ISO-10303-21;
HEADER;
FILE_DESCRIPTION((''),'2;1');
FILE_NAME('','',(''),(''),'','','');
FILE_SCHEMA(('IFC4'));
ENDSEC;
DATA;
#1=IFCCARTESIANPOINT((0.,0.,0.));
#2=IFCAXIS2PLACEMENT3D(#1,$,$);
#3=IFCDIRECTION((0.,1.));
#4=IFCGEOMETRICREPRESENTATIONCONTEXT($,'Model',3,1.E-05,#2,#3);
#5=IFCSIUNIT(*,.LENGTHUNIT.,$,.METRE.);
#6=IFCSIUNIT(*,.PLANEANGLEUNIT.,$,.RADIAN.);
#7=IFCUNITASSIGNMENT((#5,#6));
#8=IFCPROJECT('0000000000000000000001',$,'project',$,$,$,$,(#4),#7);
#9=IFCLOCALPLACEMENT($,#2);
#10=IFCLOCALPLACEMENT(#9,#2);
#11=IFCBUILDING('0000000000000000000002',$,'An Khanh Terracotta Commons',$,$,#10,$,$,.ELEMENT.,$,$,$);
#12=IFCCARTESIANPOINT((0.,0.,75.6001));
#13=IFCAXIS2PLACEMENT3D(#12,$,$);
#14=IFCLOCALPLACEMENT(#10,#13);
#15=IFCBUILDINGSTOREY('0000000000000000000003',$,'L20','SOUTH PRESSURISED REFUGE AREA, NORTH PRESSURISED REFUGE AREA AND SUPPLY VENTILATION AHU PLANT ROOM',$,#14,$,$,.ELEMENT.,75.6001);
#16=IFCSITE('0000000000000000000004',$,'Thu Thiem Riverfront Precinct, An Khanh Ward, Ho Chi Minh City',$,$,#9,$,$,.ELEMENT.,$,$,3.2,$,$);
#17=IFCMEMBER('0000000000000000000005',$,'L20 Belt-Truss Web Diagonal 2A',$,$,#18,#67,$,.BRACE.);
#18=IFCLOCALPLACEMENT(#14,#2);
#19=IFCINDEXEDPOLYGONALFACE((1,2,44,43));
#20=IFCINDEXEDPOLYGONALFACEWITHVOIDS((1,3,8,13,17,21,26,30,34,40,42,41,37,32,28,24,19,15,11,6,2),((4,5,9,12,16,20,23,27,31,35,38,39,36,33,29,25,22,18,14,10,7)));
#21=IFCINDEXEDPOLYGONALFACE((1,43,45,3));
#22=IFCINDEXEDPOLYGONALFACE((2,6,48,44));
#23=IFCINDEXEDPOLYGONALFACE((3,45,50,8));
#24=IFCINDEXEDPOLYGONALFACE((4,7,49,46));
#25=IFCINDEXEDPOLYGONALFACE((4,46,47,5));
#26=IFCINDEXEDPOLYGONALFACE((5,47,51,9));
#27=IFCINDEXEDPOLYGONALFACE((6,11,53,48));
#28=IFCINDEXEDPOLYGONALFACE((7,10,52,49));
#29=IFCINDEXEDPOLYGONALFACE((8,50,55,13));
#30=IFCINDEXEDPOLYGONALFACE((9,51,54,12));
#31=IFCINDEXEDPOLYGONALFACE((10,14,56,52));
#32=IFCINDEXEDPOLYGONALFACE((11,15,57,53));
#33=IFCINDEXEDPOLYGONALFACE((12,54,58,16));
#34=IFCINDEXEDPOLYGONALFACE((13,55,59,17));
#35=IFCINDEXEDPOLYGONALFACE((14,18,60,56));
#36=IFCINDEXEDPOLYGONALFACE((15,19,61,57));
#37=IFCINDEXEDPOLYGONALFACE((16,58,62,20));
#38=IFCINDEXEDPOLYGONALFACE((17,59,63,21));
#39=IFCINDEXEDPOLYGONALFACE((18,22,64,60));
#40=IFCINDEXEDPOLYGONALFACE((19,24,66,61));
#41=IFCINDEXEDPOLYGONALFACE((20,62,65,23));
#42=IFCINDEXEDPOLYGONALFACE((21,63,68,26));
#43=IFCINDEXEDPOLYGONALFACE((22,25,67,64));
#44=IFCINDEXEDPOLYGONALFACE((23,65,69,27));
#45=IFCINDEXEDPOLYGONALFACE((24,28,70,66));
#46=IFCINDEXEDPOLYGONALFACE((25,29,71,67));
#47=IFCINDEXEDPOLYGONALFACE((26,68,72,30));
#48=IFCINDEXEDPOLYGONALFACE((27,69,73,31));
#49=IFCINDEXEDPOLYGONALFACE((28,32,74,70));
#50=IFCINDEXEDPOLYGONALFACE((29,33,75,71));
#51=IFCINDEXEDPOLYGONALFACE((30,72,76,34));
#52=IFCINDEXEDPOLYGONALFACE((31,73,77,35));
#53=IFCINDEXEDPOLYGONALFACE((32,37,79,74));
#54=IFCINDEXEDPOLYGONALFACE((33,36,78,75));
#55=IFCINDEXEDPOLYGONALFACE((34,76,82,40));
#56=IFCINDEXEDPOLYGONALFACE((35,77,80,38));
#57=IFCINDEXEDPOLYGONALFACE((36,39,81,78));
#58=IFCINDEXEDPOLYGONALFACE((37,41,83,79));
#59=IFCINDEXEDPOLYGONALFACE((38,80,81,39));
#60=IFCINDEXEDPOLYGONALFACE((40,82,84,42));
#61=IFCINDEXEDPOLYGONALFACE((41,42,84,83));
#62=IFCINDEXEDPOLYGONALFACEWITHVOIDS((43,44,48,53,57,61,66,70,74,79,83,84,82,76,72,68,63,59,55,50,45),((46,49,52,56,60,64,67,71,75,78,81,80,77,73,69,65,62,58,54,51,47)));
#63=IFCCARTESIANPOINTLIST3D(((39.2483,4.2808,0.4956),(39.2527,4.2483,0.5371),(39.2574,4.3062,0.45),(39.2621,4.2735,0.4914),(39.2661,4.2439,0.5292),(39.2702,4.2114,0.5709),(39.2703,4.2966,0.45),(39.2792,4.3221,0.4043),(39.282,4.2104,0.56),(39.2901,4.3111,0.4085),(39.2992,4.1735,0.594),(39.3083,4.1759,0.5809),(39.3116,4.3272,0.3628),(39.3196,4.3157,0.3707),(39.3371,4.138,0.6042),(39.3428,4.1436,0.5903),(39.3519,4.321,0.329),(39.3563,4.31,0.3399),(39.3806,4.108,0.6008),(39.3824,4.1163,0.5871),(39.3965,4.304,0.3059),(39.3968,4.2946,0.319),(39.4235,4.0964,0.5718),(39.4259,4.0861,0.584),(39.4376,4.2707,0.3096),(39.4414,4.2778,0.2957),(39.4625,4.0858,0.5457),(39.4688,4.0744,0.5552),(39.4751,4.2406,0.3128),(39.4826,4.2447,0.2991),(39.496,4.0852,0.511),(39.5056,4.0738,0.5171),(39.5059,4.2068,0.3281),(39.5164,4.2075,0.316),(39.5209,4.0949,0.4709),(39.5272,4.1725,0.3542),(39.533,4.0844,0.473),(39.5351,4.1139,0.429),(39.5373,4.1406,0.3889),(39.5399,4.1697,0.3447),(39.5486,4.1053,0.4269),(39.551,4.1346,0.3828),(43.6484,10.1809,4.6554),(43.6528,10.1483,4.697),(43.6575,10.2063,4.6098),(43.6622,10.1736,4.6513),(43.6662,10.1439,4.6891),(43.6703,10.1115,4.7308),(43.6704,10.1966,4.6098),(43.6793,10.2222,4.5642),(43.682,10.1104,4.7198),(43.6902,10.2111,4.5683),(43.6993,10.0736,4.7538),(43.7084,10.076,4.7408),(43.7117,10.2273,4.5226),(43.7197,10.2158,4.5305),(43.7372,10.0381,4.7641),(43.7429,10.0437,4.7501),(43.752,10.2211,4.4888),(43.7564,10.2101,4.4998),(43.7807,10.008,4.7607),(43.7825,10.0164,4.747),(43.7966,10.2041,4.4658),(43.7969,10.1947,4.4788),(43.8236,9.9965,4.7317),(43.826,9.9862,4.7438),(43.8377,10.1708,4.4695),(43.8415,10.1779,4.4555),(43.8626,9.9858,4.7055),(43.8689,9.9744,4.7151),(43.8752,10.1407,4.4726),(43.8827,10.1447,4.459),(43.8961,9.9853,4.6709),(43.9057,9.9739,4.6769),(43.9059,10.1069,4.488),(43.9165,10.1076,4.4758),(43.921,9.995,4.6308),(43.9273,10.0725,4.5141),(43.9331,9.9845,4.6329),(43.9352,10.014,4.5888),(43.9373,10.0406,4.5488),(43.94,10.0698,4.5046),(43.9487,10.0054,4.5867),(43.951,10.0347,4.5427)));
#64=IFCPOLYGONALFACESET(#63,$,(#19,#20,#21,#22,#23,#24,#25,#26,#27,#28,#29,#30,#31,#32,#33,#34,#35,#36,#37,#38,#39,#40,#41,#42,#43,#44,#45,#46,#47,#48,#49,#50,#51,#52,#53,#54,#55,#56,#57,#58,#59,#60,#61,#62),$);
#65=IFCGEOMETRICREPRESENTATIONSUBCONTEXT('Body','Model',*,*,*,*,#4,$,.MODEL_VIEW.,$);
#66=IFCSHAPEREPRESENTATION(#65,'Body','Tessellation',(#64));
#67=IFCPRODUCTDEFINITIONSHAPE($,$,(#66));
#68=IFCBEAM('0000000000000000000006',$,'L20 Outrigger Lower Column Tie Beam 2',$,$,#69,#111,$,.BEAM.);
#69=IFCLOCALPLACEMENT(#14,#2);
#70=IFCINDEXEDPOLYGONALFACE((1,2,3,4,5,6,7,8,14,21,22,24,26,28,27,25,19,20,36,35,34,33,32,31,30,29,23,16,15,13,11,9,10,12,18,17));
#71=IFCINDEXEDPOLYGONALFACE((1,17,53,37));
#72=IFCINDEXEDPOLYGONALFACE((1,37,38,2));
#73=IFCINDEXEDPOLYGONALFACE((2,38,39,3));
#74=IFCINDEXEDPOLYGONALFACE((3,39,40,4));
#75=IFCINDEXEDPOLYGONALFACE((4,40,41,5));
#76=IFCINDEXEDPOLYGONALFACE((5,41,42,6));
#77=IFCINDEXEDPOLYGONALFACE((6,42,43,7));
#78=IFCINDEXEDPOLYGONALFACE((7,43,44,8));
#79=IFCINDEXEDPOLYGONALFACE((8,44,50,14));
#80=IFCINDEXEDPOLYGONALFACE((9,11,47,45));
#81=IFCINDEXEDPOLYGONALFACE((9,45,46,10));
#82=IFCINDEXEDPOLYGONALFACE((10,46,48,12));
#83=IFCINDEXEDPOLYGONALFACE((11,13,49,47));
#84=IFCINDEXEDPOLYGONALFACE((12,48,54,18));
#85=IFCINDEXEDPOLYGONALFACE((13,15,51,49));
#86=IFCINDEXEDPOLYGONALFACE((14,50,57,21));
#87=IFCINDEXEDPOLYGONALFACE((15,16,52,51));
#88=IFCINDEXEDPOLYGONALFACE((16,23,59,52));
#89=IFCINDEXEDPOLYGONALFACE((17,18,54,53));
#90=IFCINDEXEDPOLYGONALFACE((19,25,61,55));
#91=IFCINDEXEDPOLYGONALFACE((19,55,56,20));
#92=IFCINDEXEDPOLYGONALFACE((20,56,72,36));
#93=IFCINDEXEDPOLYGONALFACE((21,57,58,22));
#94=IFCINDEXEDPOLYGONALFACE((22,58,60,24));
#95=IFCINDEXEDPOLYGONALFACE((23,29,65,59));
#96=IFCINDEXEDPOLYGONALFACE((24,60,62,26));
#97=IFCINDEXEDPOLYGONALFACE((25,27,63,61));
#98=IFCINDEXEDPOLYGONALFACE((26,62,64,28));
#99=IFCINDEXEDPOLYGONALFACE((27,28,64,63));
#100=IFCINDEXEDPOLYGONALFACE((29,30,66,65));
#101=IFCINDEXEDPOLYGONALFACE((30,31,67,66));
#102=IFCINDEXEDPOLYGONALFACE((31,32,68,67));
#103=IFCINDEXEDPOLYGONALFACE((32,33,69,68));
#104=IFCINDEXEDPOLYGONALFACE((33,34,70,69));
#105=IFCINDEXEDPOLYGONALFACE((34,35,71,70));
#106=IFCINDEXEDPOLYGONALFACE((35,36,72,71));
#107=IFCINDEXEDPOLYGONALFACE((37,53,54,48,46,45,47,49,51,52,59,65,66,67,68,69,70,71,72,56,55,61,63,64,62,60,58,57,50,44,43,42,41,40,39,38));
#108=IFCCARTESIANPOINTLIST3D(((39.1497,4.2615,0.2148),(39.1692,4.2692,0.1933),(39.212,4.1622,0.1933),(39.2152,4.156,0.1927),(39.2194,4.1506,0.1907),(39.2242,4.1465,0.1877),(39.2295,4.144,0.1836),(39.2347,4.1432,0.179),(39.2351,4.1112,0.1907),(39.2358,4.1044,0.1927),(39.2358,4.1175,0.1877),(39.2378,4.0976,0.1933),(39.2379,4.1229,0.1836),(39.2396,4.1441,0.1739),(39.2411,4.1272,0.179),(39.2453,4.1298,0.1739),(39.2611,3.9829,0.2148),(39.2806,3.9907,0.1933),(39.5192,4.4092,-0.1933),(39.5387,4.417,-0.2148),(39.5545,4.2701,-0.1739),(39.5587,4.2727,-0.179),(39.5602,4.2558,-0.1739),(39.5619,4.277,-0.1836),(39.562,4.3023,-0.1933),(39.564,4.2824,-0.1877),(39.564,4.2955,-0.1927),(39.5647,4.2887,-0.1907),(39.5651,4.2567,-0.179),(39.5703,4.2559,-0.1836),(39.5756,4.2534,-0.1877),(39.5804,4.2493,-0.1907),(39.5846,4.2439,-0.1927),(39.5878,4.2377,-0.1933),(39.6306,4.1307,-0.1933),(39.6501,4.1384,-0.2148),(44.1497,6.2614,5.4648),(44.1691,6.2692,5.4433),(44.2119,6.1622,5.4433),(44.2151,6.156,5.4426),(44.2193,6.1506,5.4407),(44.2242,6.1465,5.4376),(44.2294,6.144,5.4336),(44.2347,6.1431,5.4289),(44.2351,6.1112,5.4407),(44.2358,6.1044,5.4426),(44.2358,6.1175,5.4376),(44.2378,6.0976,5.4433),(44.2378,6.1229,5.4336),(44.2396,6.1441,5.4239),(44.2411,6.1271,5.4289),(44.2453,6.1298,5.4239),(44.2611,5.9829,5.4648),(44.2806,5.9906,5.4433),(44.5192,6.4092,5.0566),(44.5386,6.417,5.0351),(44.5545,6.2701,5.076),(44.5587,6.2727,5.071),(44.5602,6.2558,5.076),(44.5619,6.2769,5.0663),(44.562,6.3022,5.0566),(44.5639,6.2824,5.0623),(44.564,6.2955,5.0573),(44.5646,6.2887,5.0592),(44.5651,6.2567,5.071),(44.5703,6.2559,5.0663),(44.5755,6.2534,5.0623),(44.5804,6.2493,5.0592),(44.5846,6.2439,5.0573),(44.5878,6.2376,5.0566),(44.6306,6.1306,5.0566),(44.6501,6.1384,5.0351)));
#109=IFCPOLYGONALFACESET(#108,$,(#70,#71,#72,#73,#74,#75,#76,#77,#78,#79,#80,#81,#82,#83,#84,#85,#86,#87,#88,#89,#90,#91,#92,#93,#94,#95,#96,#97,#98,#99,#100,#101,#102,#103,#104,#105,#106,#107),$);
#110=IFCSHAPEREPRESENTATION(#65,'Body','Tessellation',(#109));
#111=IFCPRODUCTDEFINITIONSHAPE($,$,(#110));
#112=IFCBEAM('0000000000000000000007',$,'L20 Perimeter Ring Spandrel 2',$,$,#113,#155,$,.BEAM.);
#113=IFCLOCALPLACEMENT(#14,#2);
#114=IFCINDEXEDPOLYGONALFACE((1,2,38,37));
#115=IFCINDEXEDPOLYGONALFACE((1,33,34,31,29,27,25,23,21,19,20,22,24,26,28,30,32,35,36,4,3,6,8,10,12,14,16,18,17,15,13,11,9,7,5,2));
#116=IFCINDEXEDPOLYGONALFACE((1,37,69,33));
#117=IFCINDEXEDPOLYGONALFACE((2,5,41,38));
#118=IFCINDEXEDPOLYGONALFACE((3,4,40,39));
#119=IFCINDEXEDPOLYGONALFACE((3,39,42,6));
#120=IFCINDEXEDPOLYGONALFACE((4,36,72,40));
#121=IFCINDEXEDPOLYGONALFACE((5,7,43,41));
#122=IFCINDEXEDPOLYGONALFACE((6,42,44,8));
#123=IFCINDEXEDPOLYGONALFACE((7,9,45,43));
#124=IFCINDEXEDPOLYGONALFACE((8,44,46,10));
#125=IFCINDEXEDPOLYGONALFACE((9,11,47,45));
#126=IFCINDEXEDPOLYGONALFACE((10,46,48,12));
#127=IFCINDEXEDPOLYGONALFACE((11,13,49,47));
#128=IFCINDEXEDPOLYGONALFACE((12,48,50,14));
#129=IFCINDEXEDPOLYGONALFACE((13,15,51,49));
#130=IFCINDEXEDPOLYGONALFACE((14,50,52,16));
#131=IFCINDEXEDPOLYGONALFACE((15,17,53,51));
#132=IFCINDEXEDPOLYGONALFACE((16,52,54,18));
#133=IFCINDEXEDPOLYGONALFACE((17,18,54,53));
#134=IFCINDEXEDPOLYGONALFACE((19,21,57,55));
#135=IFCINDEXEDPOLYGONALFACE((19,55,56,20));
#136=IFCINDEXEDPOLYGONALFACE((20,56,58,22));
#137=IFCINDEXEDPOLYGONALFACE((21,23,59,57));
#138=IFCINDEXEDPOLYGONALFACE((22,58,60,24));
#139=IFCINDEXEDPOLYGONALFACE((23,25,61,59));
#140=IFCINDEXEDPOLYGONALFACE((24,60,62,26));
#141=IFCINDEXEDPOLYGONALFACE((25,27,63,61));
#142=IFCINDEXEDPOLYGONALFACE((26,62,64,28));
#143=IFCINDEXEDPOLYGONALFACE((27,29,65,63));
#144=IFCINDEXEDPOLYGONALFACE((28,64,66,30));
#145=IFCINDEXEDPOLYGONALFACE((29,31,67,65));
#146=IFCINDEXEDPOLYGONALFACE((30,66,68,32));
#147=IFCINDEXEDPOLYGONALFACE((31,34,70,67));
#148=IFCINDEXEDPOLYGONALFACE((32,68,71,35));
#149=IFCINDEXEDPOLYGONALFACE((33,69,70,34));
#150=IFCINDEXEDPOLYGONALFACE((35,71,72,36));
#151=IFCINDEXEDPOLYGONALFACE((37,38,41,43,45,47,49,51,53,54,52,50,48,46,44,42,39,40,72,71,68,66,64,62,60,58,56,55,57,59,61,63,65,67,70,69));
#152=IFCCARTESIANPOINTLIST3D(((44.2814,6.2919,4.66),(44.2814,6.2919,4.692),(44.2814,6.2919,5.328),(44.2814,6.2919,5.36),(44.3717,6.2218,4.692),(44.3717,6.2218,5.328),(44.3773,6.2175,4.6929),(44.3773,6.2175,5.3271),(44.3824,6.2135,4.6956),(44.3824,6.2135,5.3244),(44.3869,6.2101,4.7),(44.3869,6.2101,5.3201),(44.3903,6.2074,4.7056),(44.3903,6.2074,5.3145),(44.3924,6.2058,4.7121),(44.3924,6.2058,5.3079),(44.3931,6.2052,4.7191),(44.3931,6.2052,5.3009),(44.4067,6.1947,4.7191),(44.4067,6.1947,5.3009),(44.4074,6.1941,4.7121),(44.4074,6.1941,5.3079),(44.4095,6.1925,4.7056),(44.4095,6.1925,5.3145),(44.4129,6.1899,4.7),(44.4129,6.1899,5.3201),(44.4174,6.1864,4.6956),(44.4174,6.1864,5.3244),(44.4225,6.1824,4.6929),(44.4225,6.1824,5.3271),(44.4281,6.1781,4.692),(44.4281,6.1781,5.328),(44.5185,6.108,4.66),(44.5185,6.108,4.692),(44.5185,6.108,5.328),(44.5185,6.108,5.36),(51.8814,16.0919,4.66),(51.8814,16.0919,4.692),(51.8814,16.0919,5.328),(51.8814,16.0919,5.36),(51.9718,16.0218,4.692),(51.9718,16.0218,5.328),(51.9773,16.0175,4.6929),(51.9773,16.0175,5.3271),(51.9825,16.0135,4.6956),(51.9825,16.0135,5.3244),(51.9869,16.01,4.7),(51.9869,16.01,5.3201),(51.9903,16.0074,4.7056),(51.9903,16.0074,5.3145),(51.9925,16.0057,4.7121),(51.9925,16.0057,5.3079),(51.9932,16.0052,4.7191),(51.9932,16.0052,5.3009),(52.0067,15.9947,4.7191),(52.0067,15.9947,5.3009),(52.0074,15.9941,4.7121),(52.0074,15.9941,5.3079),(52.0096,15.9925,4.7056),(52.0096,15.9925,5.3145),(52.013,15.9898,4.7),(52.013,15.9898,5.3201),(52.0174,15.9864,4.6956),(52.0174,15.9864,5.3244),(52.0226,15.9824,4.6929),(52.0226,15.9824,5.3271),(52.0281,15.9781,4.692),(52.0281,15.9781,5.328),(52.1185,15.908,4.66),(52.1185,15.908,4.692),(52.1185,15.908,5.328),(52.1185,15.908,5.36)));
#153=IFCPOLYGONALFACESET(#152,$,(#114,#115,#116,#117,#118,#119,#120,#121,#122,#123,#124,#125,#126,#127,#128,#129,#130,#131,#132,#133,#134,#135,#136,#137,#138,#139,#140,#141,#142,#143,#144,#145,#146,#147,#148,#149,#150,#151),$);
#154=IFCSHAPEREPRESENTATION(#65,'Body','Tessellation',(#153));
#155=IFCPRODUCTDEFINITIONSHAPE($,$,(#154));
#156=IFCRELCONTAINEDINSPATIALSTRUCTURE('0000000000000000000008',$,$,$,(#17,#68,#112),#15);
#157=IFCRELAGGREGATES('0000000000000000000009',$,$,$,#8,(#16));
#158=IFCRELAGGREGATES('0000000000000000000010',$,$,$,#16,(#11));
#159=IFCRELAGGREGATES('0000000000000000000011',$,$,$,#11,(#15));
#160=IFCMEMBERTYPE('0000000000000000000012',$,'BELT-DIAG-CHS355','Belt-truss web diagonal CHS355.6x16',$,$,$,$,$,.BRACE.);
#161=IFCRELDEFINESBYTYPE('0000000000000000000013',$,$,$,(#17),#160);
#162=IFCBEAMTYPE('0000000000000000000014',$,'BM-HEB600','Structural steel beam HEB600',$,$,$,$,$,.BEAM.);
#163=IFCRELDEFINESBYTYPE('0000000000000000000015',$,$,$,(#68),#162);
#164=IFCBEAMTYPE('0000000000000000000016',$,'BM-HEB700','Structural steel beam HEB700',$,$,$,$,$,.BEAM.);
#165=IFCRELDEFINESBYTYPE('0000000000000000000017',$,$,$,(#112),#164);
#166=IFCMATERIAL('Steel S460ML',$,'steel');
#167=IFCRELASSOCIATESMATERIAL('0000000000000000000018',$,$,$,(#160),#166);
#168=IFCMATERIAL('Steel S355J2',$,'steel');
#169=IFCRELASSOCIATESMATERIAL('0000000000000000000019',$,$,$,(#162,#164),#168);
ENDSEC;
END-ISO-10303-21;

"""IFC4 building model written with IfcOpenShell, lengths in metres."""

from ifc_helpers import new_model, si_unit, direction, frame, origin, origin_2d, place, context, subcontext, project, spatial, hollow_circle, i_section, extrude, material, material_profile, profile_set, type_object, element, save


model = new_model("IFC4")

# Units and contexts
model_context = context("Model", 3, precision=1e-05, world=origin(), true_north=direction((0.0, 1.0)))
body_context = subcontext(model_context, "Body", "Model", "MODEL_VIEW")
ifc_project = project(units=[si_unit("LENGTHUNIT", "METRE"), si_unit("PLANEANGLEUNIT", "RADIAN")], contexts=[model_context])

# Site, building, storey
site_placement = place(None, origin())
site = spatial("IfcSite", under=ifc_project, at=site_placement, Name="Thu Thiem Riverfront Precinct, An Khanh Ward, Ho Chi Minh City", CompositionType="ELEMENT", RefElevation=3.2)
building_placement = place(site_placement, origin())
building = spatial("IfcBuilding", under=site, at=building_placement, Name="An Khanh Terracotta Commons", CompositionType="ELEMENT")
storey_placement = place(building_placement, frame((0.0, 0.0, 75.6001)))
storey = spatial("IfcBuildingStorey", under=building, at=storey_placement, Name="L20", Description="SOUTH PRESSURISED REFUGE AREA, NORTH PRESSURISED REFUGE AREA AND SUPPLY VENTILATION AHU PLANT ROOM", CompositionType="ELEMENT", Elevation=75.6001)

# Member
ifc_material_1 = material(Name="Steel S460ML", Category="steel")
ifc_material_profile_1 = material_profile(ifc_material_1, hollow_circle(Radius=0.1777, WallThickness=0.0161, at=origin_2d()), Name="CHS355.6x16")
ifc_profile_set_1 = profile_set([ifc_material_profile_1], Name="Steel S460ML")
member_type_1 = type_object("IfcMemberType", Name="BELT-DIAG-CHS355", Description="Belt-truss web diagonal CHS355.6x16", PredefinedType="BRACE", material=ifc_profile_set_1)
member_1_placement = place(storey_placement, frame((39.3999, 4.2, 0.45), z_axis=(0.520453, 0.697874, 0.492038), x_axis=(-0.801625, 0.597827, 0.0)))
element("IfcMember", 1, at=member_1_placement, inside=storey, type_object=member_type_1, Name="L20 Belt-Truss Web Diagonal 2A", PredefinedType="BRACE", context=body_context, shape_type="SweptSolid", body=[
    extrude(hollow_circle(Radius=0.1777, WallThickness=0.0161, at=origin_2d()), origin(), (0.0, 0.0, 1.0), 8.4543),
])

# Beams
ifc_material_2 = material(Name="Steel S355J2", Category="steel")
ifc_material_profile_2 = material_profile(ifc_material_2, i_section(OverallWidth=0.3, OverallDepth=0.6001, WebThickness=0.0154, FlangeThickness=0.03, FilletRadius=0.0271, at=origin_2d()), Name="HEB600")
ifc_profile_set_2 = profile_set([ifc_material_profile_2], Name="Steel S355J2")
beam_type_1 = type_object("IfcBeamType", Name="BM-HEB600", Description="Structural steel beam HEB600", PredefinedType="BEAM", material=ifc_profile_set_2)
beam_1_placement = place(storey_placement, frame((39.3999, 4.2, 0.0), z_axis=(0.664822, 0.265929, 0.698064), x_axis=(-0.371391, 0.928477, 0.0)))
element("IfcBeam", 2, at=beam_1_placement, inside=storey, type_object=beam_type_1, Name="L20 Outrigger Lower Column Tie Beam 2", PredefinedType="BEAM", context=body_context, shape_type="SweptSolid", body=[
    extrude(i_section(OverallWidth=0.3, OverallDepth=0.6001, WebThickness=0.0154, FlangeThickness=0.03, FilletRadius=0.0271, at=origin_2d()), origin(), (0.0, 0.0, 1.0), 7.5208),
])
ifc_material_profile_3 = material_profile(ifc_material_2, i_section(OverallWidth=0.3, OverallDepth=0.7, WebThickness=0.0171, FlangeThickness=0.032, FilletRadius=0.0271, at=origin_2d()), Name="HEB700")
ifc_profile_set_3 = profile_set([ifc_material_profile_3], Name="Steel S355J2")
beam_type_2 = type_object("IfcBeamType", Name="BM-HEB700", Description="Structural steel beam HEB700", PredefinedType="BEAM", material=ifc_profile_set_3)
beam_2_placement = place(storey_placement, frame((44.3999, 6.2, 5.01), z_axis=(0.612827, 0.790217, 0.0), x_axis=(-0.790217, 0.612827, 0.0)))
element("IfcBeam", 3, at=beam_2_placement, inside=storey, type_object=beam_type_2, Name="L20 Perimeter Ring Spandrel 2", PredefinedType="BEAM", context=body_context, shape_type="SweptSolid", body=[
    extrude(i_section(OverallWidth=0.3, OverallDepth=0.7, WebThickness=0.0171, FlangeThickness=0.032, FilletRadius=0.0271, at=origin_2d()), origin(), (0.0, 0.0, 1.0), 12.4016),
])

save(model, "model.ifc")
